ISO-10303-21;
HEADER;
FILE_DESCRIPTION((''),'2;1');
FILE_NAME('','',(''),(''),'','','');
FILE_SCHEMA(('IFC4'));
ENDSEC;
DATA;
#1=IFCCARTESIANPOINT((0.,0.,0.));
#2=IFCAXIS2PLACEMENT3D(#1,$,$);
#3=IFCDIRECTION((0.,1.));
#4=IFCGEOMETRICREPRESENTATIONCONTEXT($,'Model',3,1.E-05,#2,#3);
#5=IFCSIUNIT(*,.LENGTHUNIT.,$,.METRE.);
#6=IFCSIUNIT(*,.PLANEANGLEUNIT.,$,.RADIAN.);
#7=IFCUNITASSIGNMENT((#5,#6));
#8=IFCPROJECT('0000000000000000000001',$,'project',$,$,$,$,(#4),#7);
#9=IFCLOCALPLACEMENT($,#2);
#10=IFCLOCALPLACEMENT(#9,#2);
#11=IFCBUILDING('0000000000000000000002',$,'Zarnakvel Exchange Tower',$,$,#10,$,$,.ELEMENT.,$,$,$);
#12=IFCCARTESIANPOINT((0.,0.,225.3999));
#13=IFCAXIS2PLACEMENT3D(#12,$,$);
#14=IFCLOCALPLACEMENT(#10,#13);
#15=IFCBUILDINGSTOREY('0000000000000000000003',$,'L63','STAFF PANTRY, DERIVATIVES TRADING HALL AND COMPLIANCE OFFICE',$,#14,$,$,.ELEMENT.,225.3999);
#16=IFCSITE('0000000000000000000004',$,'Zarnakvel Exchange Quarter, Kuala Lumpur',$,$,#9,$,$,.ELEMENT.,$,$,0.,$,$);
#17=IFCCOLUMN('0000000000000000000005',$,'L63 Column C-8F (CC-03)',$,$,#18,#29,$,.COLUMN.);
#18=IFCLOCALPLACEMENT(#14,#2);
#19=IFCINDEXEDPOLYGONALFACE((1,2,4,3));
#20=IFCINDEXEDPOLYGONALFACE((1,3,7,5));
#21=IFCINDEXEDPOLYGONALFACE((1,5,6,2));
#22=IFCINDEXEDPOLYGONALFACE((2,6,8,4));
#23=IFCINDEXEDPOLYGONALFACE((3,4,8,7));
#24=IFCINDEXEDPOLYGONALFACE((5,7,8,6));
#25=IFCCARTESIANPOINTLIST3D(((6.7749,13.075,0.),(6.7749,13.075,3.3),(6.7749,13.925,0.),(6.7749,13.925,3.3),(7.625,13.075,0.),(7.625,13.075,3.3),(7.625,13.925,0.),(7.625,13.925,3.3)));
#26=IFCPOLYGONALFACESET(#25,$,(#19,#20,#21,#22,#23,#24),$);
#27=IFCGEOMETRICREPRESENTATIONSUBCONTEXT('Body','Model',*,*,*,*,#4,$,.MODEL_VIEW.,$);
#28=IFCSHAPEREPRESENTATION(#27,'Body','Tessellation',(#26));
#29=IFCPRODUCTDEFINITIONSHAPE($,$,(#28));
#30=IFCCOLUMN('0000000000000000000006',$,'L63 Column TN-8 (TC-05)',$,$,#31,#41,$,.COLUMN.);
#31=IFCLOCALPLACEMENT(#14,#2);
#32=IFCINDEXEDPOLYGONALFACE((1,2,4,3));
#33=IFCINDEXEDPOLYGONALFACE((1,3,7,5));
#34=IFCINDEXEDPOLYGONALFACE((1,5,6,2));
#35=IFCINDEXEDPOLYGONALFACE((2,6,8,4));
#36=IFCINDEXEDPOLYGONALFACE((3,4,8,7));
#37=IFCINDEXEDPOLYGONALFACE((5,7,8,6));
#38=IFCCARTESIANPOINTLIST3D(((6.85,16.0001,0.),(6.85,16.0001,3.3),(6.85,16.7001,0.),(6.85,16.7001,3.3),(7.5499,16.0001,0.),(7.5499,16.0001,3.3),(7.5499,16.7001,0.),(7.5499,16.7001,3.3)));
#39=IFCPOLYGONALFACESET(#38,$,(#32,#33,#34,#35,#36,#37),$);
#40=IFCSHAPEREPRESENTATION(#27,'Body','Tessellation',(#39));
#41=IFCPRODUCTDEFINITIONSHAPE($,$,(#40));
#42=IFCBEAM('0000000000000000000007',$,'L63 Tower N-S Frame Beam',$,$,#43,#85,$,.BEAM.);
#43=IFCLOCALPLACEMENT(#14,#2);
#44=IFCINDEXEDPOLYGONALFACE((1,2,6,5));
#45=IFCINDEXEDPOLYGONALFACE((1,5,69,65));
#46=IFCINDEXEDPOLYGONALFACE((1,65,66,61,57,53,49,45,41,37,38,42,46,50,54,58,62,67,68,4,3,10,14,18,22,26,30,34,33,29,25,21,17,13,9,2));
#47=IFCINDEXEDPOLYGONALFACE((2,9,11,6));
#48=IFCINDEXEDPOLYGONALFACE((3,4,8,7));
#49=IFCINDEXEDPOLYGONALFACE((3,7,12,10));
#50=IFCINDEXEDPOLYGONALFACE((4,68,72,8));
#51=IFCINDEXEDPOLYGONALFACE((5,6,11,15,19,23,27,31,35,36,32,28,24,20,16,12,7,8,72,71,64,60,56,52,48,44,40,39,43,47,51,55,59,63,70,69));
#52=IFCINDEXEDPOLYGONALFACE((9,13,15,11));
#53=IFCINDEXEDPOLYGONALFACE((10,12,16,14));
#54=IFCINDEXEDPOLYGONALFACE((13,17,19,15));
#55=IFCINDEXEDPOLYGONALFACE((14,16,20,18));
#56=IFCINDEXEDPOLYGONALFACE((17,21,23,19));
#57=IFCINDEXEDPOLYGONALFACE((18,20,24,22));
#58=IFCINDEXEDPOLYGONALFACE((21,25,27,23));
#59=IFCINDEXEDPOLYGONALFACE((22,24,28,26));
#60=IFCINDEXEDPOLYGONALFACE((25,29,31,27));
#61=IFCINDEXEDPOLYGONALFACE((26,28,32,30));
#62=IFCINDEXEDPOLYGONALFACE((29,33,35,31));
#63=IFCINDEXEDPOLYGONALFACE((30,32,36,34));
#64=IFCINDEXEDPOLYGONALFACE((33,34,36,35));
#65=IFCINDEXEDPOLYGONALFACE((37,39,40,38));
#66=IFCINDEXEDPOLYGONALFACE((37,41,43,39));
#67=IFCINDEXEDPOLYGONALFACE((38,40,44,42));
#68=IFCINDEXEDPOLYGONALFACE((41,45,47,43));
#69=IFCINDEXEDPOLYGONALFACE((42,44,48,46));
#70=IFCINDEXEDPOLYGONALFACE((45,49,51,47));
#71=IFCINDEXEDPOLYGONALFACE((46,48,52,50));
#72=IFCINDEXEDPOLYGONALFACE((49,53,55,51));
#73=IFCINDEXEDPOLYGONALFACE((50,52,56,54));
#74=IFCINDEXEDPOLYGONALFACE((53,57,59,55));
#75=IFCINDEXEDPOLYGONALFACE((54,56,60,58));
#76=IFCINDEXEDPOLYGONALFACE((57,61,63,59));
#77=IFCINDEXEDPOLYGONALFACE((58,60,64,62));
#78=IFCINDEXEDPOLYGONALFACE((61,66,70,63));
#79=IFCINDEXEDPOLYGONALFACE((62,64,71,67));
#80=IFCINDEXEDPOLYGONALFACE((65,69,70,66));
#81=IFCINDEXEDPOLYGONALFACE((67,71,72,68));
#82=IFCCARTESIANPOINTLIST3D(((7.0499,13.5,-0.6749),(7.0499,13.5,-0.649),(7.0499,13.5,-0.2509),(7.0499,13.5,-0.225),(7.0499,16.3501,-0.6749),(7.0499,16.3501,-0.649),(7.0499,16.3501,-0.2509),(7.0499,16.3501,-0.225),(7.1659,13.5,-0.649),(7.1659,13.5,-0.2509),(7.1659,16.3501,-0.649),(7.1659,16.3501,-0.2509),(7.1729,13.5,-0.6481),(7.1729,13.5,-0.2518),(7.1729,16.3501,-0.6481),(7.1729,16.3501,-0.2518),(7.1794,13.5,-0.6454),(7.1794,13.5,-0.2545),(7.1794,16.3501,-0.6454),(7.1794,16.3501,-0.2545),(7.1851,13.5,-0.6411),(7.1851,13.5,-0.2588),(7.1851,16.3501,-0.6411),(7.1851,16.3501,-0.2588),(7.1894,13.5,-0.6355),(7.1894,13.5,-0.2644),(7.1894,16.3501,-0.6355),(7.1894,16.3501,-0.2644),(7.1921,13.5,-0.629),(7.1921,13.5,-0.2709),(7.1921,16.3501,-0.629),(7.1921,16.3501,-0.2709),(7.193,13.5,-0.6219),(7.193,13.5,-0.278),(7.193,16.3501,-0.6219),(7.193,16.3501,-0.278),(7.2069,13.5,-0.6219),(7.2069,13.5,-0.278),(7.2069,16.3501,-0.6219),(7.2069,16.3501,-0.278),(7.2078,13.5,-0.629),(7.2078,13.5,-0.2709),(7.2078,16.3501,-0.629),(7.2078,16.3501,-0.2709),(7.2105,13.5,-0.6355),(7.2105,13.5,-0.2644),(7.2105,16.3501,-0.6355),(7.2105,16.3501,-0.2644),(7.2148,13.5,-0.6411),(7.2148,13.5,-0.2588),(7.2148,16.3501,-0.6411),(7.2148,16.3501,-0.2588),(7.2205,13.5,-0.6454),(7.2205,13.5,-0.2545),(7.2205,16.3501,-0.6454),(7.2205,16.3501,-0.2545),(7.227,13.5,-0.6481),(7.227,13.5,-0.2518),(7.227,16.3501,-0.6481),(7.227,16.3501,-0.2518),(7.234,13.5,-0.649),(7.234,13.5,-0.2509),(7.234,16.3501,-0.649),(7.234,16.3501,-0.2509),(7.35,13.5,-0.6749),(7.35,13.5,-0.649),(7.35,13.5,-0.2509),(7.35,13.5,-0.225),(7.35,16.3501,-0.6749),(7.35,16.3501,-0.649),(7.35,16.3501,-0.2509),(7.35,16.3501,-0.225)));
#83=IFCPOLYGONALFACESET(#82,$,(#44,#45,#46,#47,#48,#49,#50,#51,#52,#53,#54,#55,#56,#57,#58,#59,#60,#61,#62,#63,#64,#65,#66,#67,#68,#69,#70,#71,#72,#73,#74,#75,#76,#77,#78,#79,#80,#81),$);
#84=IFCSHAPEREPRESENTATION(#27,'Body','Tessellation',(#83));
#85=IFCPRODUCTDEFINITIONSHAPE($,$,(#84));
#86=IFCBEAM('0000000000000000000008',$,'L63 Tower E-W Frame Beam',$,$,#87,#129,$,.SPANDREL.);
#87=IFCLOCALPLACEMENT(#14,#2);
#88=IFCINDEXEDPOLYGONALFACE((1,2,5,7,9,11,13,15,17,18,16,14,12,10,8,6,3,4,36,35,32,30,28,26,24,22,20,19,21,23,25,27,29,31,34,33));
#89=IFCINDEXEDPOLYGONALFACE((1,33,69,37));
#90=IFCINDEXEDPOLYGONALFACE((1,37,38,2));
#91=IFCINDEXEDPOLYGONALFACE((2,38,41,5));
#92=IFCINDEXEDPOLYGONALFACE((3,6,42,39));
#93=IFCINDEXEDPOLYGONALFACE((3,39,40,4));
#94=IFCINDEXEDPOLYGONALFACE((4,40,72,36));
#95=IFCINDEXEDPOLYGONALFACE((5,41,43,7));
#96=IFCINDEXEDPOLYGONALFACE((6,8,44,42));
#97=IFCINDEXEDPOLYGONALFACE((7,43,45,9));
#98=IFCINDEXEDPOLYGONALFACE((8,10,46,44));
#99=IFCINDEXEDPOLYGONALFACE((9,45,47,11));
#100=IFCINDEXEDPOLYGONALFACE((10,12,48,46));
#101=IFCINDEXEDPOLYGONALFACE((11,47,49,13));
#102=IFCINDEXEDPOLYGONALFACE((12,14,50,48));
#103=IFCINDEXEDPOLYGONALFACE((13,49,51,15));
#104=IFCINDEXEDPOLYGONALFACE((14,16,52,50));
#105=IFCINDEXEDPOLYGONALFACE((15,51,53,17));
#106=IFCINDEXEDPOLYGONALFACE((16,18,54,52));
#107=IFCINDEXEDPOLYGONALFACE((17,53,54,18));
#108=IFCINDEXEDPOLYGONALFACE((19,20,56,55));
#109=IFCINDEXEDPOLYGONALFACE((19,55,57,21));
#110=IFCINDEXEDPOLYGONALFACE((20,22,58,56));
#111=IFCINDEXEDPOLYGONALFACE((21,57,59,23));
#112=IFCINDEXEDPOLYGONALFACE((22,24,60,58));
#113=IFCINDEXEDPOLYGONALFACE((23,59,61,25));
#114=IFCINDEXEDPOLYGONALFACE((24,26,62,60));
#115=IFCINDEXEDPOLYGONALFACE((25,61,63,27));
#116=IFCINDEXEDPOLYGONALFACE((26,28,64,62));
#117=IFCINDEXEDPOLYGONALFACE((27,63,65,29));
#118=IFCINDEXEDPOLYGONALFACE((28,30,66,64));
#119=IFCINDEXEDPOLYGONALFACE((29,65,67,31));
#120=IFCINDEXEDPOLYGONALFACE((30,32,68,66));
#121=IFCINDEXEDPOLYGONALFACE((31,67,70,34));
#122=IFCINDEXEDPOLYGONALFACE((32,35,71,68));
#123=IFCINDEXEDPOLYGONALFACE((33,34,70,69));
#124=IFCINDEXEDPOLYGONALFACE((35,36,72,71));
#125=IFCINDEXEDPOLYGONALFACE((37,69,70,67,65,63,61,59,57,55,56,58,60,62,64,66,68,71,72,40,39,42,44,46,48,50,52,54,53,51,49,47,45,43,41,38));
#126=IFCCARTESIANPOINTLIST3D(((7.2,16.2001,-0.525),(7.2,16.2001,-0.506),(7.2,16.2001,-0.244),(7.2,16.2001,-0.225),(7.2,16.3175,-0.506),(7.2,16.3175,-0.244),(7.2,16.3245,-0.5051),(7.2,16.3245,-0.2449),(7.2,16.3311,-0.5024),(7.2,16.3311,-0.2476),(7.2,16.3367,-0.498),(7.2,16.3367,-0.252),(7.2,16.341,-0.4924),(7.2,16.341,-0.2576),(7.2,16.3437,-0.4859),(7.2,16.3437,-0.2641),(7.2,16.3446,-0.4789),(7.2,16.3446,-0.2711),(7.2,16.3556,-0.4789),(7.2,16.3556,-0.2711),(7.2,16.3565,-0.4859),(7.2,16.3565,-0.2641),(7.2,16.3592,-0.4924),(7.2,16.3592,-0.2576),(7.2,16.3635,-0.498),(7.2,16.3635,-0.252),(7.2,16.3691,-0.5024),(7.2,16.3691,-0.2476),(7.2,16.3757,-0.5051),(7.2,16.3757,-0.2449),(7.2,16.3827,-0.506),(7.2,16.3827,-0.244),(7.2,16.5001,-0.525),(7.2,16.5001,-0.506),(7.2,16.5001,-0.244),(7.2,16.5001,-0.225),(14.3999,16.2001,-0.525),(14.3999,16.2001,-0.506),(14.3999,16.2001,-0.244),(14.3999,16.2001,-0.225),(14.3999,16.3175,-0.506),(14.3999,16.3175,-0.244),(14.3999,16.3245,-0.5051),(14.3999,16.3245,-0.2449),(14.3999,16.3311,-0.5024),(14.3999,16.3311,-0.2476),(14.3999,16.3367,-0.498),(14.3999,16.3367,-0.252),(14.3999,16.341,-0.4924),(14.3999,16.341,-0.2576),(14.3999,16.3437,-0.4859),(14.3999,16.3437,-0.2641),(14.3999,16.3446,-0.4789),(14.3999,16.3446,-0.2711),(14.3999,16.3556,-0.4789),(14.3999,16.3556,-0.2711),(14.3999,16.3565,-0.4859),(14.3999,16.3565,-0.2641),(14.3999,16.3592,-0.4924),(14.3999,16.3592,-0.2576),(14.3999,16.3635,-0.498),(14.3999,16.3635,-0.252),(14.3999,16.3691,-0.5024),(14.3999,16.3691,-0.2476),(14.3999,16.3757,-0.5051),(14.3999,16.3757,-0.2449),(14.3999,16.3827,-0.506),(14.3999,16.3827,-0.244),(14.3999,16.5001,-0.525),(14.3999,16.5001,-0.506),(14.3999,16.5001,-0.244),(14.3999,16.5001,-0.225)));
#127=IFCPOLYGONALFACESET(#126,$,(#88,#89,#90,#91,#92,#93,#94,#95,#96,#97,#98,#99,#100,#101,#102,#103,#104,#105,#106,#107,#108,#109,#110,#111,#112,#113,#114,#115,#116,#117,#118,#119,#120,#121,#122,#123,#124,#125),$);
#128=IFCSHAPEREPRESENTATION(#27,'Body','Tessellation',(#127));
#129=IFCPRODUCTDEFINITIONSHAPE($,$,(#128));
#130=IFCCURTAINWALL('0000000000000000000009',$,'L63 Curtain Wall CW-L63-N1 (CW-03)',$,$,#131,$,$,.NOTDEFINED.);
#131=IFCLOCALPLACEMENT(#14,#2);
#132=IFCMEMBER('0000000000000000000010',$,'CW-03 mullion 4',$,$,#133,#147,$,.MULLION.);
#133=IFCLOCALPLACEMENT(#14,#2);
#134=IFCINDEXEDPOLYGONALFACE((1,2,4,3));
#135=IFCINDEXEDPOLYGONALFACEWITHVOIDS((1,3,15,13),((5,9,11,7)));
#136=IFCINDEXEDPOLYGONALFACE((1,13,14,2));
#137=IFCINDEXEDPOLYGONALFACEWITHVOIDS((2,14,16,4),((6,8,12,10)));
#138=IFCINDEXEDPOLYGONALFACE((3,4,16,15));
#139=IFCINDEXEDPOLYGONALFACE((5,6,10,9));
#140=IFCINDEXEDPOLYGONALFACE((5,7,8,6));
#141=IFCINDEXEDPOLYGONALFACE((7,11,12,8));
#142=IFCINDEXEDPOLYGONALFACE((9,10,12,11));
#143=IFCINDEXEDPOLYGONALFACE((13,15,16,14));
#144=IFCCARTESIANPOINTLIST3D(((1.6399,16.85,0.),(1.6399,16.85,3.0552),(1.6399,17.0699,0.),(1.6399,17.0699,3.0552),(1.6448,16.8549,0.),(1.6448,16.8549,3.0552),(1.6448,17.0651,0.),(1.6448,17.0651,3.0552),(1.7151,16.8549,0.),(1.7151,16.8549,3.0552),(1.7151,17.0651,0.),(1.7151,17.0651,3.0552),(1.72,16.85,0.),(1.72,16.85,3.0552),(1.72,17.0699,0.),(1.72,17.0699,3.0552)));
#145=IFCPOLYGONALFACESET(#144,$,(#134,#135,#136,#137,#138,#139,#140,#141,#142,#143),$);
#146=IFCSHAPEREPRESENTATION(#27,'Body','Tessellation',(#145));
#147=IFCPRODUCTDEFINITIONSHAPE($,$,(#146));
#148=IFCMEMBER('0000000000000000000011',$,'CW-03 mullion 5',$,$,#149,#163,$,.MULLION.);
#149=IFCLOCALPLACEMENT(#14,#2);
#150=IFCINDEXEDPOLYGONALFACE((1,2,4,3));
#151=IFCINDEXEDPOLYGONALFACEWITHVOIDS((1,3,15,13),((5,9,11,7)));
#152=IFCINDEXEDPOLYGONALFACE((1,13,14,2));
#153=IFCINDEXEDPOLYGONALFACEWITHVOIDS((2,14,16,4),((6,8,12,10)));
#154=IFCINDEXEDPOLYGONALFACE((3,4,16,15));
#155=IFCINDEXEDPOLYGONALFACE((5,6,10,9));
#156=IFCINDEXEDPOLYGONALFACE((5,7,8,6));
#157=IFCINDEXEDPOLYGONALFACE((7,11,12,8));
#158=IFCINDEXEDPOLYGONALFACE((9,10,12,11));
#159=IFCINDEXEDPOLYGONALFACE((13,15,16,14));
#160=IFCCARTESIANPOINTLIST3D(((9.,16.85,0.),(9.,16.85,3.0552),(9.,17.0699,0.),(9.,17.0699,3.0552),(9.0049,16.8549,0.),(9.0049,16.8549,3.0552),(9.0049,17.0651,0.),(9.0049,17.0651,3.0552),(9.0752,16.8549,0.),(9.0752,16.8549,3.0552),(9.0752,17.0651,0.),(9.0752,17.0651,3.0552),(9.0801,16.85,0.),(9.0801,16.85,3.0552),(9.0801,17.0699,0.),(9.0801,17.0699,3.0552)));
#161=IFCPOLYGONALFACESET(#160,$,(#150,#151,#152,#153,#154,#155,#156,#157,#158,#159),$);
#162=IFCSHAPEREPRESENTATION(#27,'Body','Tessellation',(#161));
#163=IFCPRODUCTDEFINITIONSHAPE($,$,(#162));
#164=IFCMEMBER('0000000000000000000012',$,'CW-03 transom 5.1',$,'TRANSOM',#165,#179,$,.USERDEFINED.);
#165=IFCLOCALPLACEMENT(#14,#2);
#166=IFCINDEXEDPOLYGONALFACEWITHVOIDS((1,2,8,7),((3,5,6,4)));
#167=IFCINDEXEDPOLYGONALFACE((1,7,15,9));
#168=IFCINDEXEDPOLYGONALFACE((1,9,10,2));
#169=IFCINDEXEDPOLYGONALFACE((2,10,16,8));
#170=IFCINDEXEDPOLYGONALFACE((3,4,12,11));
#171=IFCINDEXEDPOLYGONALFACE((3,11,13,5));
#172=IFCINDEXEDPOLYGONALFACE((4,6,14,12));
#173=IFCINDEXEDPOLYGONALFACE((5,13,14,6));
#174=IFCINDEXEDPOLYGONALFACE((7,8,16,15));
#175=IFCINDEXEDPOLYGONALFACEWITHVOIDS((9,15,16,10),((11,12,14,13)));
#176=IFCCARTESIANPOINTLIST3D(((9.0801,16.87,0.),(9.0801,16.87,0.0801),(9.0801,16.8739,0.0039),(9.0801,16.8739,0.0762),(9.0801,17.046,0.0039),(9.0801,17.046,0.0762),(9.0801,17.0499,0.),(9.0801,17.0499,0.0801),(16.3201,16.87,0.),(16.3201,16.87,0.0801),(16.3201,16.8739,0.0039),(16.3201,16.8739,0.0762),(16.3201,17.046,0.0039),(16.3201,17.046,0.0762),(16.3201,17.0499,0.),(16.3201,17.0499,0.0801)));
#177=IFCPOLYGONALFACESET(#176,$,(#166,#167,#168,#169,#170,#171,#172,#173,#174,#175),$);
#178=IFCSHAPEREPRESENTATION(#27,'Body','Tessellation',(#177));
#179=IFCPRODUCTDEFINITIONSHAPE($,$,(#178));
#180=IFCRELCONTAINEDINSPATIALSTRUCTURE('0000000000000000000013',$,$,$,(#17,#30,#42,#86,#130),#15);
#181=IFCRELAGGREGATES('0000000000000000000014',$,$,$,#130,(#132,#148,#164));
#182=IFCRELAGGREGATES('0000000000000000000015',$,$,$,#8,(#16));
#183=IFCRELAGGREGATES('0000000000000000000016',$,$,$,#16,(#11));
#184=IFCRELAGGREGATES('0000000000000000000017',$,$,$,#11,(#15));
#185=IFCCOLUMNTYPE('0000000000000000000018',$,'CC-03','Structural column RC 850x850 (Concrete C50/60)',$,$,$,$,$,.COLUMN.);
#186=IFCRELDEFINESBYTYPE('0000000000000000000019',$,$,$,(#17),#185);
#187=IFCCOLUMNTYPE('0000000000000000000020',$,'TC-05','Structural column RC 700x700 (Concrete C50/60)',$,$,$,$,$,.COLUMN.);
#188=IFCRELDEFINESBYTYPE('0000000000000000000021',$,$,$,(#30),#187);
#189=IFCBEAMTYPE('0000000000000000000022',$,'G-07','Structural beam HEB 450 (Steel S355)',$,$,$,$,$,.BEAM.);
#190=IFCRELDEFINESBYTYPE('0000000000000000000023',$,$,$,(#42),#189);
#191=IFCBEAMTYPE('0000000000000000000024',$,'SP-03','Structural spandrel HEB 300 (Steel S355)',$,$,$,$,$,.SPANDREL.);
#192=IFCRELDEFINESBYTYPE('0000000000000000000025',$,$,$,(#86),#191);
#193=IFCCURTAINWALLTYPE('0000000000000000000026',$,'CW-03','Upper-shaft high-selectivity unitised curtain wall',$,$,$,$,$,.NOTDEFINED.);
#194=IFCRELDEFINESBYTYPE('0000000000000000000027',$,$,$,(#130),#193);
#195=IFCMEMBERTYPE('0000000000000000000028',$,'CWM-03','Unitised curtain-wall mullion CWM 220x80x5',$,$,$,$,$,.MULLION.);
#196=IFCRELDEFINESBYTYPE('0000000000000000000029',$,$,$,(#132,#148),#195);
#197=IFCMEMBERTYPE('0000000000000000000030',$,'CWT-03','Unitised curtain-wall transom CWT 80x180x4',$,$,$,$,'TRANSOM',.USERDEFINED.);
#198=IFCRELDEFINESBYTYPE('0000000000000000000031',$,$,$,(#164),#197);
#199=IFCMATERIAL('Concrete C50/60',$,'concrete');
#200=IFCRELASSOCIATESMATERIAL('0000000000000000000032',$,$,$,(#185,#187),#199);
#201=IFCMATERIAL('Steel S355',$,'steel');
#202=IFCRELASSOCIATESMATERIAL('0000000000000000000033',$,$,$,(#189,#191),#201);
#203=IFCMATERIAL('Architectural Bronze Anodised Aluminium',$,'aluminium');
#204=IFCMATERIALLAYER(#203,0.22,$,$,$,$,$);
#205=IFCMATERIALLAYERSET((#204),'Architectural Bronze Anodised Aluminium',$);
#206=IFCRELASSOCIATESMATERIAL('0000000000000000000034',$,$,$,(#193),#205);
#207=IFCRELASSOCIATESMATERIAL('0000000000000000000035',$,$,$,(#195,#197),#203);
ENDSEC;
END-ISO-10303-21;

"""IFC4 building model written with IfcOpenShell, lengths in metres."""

from ifc_helpers import new_model, si_unit, direction, frame, origin, origin_2d, place, context, subcontext, project, spatial, rectangle, hollow_rectangle, i_section, extrude, source, transform, mapped, material, layer, layer_set, material_profile, profile_set, type_object, element, aggregate, save


model = new_model("IFC4")

# Units and contexts
model_context = context("Model", 3, precision=1e-05, world=origin(), true_north=direction((0.0, 1.0)))
body_context = subcontext(model_context, "Body", "Model", "MODEL_VIEW")
ifc_project = project(units=[si_unit("LENGTHUNIT", "METRE"), si_unit("PLANEANGLEUNIT", "RADIAN")], contexts=[model_context])

# Site, building, storey
site_placement = place(None, origin())
site = spatial("IfcSite", under=ifc_project, at=site_placement, Name="Zarnakvel Exchange Quarter, Kuala Lumpur", CompositionType="ELEMENT", RefElevation=0.0)
building_placement = place(site_placement, origin())
building = spatial("IfcBuilding", under=site, at=building_placement, Name="Zarnakvel Exchange Tower", CompositionType="ELEMENT")
storey_placement = place(building_placement, frame((0.0, 0.0, 225.3999)))
storey = spatial("IfcBuildingStorey", under=building, at=storey_placement, Name="L63", Description="STAFF PANTRY, DERIVATIVES TRADING HALL AND COMPLIANCE OFFICE", CompositionType="ELEMENT", Elevation=225.3999)

# Columns
ifc_material_1 = material(Name="Concrete C50/60", Category="concrete")
ifc_material_profile_1 = material_profile(ifc_material_1, rectangle(XDim=0.8501, YDim=0.8501, at=origin_2d()))
ifc_profile_set_1 = profile_set([ifc_material_profile_1], Name="Concrete C50/60")
column_type_1 = type_object("IfcColumnType", Name="CC-03", Description="Structural column RC 850x850 (Concrete C50/60)", PredefinedType="COLUMN", material=ifc_profile_set_1)
column_1_placement = place(storey_placement, frame((7.2, 13.5, 0.0), z_axis=(0.0, 0.0, 1.0), x_axis=(1.0, 0.0, 0.0)))
element("IfcColumn", 1, at=column_1_placement, inside=storey, type_object=column_type_1, Name="L63 Column C-8F (CC-03)", PredefinedType="COLUMN", context=body_context, shape_type="SweptSolid", body=[
    extrude(rectangle(XDim=0.8501, YDim=0.8501, at=origin_2d()), origin(), (0.0, 0.0, 1.0), 3.3),
])
ifc_material_profile_2 = material_profile(ifc_material_1, rectangle(XDim=0.7, YDim=0.7, at=origin_2d()))
ifc_profile_set_2 = profile_set([ifc_material_profile_2], Name="Concrete C50/60")
column_type_2 = type_object("IfcColumnType", Name="TC-05", Description="Structural column RC 700x700 (Concrete C50/60)", PredefinedType="COLUMN", material=ifc_profile_set_2)
column_2_placement = place(storey_placement, frame((7.2, 16.3501, 0.0), z_axis=(0.0, 0.0, 1.0), x_axis=(1.0, 0.0, 0.0)))
element("IfcColumn", 2, at=column_2_placement, inside=storey, type_object=column_type_2, Name="L63 Column TN-8 (TC-05)", PredefinedType="COLUMN", context=body_context, shape_type="SweptSolid", body=[
    extrude(rectangle(XDim=0.7, YDim=0.7, at=origin_2d()), origin(), (0.0, 0.0, 1.0), 3.3),
])

# Beams
ifc_material_2 = material(Name="Steel S355", Category="steel")
ifc_material_profile_3 = material_profile(ifc_material_2, i_section(OverallWidth=0.3, OverallDepth=0.45, WebThickness=0.0139, FlangeThickness=0.0259, FilletRadius=0.0271, at=origin_2d()))
ifc_profile_set_3 = profile_set([ifc_material_profile_3], Name="Steel S355")
beam_type_1 = type_object("IfcBeamType", Name="G-07", Description="Structural beam HEB 450 (Steel S355)", PredefinedType="BEAM", material=ifc_profile_set_3)
beam_1_placement = place(storey_placement, frame((7.2, 13.5, -0.45), z_axis=(0.0, 1.0, 0.0), x_axis=(-1.0, 0.0, 0.0)))
element("IfcBeam", 3, at=beam_1_placement, inside=storey, type_object=beam_type_1, Name="L63 Tower N-S Frame Beam", PredefinedType="BEAM", context=body_context, shape_type="SweptSolid", body=[
    extrude(i_section(OverallWidth=0.3, OverallDepth=0.45, WebThickness=0.0139, FlangeThickness=0.0259, FilletRadius=0.0271, at=origin_2d()), origin(), (0.0, 0.0, 1.0), 2.8501),
])
ifc_material_profile_4 = material_profile(ifc_material_2, i_section(OverallWidth=0.3, OverallDepth=0.3, WebThickness=0.011, FlangeThickness=0.019, FilletRadius=0.0271, at=origin_2d()))
ifc_profile_set_4 = profile_set([ifc_material_profile_4], Name="Steel S355")
beam_type_2 = type_object("IfcBeamType", Name="SP-03", Description="Structural spandrel HEB 300 (Steel S355)", PredefinedType="SPANDREL", material=ifc_profile_set_4)
beam_2_placement = place(storey_placement, frame((7.2, 16.3501, -0.375), z_axis=(1.0, 0.0, 0.0), x_axis=(0.0, 1.0, 0.0)))
element("IfcBeam", 4, at=beam_2_placement, inside=storey, type_object=beam_type_2, Name="L63 Tower E-W Frame Beam", PredefinedType="SPANDREL", context=body_context, shape_type="SweptSolid", body=[
    extrude(i_section(OverallWidth=0.3, OverallDepth=0.3, WebThickness=0.011, FlangeThickness=0.019, FilletRadius=0.0271, at=origin_2d()), origin(), (0.0, 0.0, 1.0), 7.2),
])

# Curtain wall, members
ifc_material_3 = material(Name="Architectural Bronze Anodised Aluminium", Category="aluminium")
ifc_layer_1 = layer(ifc_material_3, 0.22)
ifc_layer_set_1 = layer_set([ifc_layer_1], Name="Architectural Bronze Anodised Aluminium")
curtain_wall_type = type_object("IfcCurtainWallType", Name="CW-03", Description="Upper-shaft high-selectivity unitised curtain wall", PredefinedType="NOTDEFINED", material=ifc_layer_set_1)
curtain_wall_placement = place(storey_placement, origin())
curtain_wall = element("IfcCurtainWall", 5, at=curtain_wall_placement, inside=storey, type_object=curtain_wall_type, Name="L63 Curtain Wall CW-L63-N1 (CW-03)", PredefinedType="NOTDEFINED")
ifc_material_profile_5 = material_profile(ifc_material_3, hollow_rectangle(XDim=0.22, YDim=0.0801, WallThickness=0.0049, at=origin_2d()))
ifc_profile_set_5 = profile_set([ifc_material_profile_5], Name="Architectural Bronze Anodised Aluminium")
member_type_1 = type_object("IfcMemberType", Name="CWM-03", Description="Unitised curtain-wall mullion CWM 220x80x5", PredefinedType="MULLION", material=ifc_profile_set_5)
shared_shape_1 = source(origin(), body_context, "Body", "SweptSolid", [
    extrude(hollow_rectangle(XDim=0.22, YDim=0.0801, WallThickness=0.0049, at=origin_2d()), origin(), (0.0, 0.0, 1.0), 3.0552),
])
member_1_placement = place(storey_placement, frame((1.6799, 16.96, 0.0), z_axis=(0.0, 0.0, 1.0), x_axis=(0.0, 1.0, 0.0)))
member_1 = element("IfcMember", 6, at=member_1_placement, type_object=member_type_1, Name="CW-03 mullion 4", PredefinedType="MULLION", context=body_context, shape_type="MappedRepresentation", body=[
    mapped(shared_shape_1, transform((0.0, 0.0, 0.0), x_axis=(1.0, 0.0, 0.0), y_axis=(0.0, 1.0, 0.0), z_axis=(0.0, 0.0, 1.0), scale=1.0)),
])
member_2_placement = place(storey_placement, frame((9.04, 16.96, 0.0), z_axis=(0.0, 0.0, 1.0), x_axis=(0.0, 1.0, 0.0)))
member_2 = element("IfcMember", 7, at=member_2_placement, type_object=member_type_1, Name="CW-03 mullion 5", PredefinedType="MULLION", context=body_context, shape_type="MappedRepresentation", body=[
    mapped(shared_shape_1, transform((0.0, 0.0, 0.0), x_axis=(1.0, 0.0, 0.0), y_axis=(0.0, 1.0, 0.0), z_axis=(0.0, 0.0, 1.0), scale=1.0)),
])
ifc_material_profile_6 = material_profile(ifc_material_3, hollow_rectangle(XDim=0.1799, YDim=0.0801, WallThickness=0.0039, at=origin_2d()))
ifc_profile_set_6 = profile_set([ifc_material_profile_6], Name="Architectural Bronze Anodised Aluminium")
member_type_2 = type_object("IfcMemberType", Name="CWT-03", Description="Unitised curtain-wall transom CWT 80x180x4", ElementType="TRANSOM", PredefinedType="USERDEFINED", material=ifc_profile_set_6)
shared_shape_2 = source(origin(), body_context, "Body", "SweptSolid", [
    extrude(hollow_rectangle(XDim=0.1799, YDim=0.0801, WallThickness=0.0039, at=origin_2d()), origin(), (0.0, 0.0, 1.0), 7.24),
])
member_3_placement = place(storey_placement, frame((9.0801, 16.96, 0.04), z_axis=(1.0, 0.0, 0.0), x_axis=(0.0, 1.0, 0.0)))
member_3 = element("IfcMember", 8, at=member_3_placement, type_object=member_type_2, Name="CW-03 transom 5.1", ObjectType="TRANSOM", PredefinedType="USERDEFINED", context=body_context, shape_type="MappedRepresentation", body=[
    mapped(shared_shape_2, transform((0.0, 0.0, 0.0), x_axis=(1.0, 0.0, 0.0), y_axis=(0.0, 1.0, 0.0), z_axis=(0.0, 0.0, 1.0), scale=1.0)),
])
aggregate(curtain_wall, [member_1, member_2, member_3])

save(model, "model.ifc")
